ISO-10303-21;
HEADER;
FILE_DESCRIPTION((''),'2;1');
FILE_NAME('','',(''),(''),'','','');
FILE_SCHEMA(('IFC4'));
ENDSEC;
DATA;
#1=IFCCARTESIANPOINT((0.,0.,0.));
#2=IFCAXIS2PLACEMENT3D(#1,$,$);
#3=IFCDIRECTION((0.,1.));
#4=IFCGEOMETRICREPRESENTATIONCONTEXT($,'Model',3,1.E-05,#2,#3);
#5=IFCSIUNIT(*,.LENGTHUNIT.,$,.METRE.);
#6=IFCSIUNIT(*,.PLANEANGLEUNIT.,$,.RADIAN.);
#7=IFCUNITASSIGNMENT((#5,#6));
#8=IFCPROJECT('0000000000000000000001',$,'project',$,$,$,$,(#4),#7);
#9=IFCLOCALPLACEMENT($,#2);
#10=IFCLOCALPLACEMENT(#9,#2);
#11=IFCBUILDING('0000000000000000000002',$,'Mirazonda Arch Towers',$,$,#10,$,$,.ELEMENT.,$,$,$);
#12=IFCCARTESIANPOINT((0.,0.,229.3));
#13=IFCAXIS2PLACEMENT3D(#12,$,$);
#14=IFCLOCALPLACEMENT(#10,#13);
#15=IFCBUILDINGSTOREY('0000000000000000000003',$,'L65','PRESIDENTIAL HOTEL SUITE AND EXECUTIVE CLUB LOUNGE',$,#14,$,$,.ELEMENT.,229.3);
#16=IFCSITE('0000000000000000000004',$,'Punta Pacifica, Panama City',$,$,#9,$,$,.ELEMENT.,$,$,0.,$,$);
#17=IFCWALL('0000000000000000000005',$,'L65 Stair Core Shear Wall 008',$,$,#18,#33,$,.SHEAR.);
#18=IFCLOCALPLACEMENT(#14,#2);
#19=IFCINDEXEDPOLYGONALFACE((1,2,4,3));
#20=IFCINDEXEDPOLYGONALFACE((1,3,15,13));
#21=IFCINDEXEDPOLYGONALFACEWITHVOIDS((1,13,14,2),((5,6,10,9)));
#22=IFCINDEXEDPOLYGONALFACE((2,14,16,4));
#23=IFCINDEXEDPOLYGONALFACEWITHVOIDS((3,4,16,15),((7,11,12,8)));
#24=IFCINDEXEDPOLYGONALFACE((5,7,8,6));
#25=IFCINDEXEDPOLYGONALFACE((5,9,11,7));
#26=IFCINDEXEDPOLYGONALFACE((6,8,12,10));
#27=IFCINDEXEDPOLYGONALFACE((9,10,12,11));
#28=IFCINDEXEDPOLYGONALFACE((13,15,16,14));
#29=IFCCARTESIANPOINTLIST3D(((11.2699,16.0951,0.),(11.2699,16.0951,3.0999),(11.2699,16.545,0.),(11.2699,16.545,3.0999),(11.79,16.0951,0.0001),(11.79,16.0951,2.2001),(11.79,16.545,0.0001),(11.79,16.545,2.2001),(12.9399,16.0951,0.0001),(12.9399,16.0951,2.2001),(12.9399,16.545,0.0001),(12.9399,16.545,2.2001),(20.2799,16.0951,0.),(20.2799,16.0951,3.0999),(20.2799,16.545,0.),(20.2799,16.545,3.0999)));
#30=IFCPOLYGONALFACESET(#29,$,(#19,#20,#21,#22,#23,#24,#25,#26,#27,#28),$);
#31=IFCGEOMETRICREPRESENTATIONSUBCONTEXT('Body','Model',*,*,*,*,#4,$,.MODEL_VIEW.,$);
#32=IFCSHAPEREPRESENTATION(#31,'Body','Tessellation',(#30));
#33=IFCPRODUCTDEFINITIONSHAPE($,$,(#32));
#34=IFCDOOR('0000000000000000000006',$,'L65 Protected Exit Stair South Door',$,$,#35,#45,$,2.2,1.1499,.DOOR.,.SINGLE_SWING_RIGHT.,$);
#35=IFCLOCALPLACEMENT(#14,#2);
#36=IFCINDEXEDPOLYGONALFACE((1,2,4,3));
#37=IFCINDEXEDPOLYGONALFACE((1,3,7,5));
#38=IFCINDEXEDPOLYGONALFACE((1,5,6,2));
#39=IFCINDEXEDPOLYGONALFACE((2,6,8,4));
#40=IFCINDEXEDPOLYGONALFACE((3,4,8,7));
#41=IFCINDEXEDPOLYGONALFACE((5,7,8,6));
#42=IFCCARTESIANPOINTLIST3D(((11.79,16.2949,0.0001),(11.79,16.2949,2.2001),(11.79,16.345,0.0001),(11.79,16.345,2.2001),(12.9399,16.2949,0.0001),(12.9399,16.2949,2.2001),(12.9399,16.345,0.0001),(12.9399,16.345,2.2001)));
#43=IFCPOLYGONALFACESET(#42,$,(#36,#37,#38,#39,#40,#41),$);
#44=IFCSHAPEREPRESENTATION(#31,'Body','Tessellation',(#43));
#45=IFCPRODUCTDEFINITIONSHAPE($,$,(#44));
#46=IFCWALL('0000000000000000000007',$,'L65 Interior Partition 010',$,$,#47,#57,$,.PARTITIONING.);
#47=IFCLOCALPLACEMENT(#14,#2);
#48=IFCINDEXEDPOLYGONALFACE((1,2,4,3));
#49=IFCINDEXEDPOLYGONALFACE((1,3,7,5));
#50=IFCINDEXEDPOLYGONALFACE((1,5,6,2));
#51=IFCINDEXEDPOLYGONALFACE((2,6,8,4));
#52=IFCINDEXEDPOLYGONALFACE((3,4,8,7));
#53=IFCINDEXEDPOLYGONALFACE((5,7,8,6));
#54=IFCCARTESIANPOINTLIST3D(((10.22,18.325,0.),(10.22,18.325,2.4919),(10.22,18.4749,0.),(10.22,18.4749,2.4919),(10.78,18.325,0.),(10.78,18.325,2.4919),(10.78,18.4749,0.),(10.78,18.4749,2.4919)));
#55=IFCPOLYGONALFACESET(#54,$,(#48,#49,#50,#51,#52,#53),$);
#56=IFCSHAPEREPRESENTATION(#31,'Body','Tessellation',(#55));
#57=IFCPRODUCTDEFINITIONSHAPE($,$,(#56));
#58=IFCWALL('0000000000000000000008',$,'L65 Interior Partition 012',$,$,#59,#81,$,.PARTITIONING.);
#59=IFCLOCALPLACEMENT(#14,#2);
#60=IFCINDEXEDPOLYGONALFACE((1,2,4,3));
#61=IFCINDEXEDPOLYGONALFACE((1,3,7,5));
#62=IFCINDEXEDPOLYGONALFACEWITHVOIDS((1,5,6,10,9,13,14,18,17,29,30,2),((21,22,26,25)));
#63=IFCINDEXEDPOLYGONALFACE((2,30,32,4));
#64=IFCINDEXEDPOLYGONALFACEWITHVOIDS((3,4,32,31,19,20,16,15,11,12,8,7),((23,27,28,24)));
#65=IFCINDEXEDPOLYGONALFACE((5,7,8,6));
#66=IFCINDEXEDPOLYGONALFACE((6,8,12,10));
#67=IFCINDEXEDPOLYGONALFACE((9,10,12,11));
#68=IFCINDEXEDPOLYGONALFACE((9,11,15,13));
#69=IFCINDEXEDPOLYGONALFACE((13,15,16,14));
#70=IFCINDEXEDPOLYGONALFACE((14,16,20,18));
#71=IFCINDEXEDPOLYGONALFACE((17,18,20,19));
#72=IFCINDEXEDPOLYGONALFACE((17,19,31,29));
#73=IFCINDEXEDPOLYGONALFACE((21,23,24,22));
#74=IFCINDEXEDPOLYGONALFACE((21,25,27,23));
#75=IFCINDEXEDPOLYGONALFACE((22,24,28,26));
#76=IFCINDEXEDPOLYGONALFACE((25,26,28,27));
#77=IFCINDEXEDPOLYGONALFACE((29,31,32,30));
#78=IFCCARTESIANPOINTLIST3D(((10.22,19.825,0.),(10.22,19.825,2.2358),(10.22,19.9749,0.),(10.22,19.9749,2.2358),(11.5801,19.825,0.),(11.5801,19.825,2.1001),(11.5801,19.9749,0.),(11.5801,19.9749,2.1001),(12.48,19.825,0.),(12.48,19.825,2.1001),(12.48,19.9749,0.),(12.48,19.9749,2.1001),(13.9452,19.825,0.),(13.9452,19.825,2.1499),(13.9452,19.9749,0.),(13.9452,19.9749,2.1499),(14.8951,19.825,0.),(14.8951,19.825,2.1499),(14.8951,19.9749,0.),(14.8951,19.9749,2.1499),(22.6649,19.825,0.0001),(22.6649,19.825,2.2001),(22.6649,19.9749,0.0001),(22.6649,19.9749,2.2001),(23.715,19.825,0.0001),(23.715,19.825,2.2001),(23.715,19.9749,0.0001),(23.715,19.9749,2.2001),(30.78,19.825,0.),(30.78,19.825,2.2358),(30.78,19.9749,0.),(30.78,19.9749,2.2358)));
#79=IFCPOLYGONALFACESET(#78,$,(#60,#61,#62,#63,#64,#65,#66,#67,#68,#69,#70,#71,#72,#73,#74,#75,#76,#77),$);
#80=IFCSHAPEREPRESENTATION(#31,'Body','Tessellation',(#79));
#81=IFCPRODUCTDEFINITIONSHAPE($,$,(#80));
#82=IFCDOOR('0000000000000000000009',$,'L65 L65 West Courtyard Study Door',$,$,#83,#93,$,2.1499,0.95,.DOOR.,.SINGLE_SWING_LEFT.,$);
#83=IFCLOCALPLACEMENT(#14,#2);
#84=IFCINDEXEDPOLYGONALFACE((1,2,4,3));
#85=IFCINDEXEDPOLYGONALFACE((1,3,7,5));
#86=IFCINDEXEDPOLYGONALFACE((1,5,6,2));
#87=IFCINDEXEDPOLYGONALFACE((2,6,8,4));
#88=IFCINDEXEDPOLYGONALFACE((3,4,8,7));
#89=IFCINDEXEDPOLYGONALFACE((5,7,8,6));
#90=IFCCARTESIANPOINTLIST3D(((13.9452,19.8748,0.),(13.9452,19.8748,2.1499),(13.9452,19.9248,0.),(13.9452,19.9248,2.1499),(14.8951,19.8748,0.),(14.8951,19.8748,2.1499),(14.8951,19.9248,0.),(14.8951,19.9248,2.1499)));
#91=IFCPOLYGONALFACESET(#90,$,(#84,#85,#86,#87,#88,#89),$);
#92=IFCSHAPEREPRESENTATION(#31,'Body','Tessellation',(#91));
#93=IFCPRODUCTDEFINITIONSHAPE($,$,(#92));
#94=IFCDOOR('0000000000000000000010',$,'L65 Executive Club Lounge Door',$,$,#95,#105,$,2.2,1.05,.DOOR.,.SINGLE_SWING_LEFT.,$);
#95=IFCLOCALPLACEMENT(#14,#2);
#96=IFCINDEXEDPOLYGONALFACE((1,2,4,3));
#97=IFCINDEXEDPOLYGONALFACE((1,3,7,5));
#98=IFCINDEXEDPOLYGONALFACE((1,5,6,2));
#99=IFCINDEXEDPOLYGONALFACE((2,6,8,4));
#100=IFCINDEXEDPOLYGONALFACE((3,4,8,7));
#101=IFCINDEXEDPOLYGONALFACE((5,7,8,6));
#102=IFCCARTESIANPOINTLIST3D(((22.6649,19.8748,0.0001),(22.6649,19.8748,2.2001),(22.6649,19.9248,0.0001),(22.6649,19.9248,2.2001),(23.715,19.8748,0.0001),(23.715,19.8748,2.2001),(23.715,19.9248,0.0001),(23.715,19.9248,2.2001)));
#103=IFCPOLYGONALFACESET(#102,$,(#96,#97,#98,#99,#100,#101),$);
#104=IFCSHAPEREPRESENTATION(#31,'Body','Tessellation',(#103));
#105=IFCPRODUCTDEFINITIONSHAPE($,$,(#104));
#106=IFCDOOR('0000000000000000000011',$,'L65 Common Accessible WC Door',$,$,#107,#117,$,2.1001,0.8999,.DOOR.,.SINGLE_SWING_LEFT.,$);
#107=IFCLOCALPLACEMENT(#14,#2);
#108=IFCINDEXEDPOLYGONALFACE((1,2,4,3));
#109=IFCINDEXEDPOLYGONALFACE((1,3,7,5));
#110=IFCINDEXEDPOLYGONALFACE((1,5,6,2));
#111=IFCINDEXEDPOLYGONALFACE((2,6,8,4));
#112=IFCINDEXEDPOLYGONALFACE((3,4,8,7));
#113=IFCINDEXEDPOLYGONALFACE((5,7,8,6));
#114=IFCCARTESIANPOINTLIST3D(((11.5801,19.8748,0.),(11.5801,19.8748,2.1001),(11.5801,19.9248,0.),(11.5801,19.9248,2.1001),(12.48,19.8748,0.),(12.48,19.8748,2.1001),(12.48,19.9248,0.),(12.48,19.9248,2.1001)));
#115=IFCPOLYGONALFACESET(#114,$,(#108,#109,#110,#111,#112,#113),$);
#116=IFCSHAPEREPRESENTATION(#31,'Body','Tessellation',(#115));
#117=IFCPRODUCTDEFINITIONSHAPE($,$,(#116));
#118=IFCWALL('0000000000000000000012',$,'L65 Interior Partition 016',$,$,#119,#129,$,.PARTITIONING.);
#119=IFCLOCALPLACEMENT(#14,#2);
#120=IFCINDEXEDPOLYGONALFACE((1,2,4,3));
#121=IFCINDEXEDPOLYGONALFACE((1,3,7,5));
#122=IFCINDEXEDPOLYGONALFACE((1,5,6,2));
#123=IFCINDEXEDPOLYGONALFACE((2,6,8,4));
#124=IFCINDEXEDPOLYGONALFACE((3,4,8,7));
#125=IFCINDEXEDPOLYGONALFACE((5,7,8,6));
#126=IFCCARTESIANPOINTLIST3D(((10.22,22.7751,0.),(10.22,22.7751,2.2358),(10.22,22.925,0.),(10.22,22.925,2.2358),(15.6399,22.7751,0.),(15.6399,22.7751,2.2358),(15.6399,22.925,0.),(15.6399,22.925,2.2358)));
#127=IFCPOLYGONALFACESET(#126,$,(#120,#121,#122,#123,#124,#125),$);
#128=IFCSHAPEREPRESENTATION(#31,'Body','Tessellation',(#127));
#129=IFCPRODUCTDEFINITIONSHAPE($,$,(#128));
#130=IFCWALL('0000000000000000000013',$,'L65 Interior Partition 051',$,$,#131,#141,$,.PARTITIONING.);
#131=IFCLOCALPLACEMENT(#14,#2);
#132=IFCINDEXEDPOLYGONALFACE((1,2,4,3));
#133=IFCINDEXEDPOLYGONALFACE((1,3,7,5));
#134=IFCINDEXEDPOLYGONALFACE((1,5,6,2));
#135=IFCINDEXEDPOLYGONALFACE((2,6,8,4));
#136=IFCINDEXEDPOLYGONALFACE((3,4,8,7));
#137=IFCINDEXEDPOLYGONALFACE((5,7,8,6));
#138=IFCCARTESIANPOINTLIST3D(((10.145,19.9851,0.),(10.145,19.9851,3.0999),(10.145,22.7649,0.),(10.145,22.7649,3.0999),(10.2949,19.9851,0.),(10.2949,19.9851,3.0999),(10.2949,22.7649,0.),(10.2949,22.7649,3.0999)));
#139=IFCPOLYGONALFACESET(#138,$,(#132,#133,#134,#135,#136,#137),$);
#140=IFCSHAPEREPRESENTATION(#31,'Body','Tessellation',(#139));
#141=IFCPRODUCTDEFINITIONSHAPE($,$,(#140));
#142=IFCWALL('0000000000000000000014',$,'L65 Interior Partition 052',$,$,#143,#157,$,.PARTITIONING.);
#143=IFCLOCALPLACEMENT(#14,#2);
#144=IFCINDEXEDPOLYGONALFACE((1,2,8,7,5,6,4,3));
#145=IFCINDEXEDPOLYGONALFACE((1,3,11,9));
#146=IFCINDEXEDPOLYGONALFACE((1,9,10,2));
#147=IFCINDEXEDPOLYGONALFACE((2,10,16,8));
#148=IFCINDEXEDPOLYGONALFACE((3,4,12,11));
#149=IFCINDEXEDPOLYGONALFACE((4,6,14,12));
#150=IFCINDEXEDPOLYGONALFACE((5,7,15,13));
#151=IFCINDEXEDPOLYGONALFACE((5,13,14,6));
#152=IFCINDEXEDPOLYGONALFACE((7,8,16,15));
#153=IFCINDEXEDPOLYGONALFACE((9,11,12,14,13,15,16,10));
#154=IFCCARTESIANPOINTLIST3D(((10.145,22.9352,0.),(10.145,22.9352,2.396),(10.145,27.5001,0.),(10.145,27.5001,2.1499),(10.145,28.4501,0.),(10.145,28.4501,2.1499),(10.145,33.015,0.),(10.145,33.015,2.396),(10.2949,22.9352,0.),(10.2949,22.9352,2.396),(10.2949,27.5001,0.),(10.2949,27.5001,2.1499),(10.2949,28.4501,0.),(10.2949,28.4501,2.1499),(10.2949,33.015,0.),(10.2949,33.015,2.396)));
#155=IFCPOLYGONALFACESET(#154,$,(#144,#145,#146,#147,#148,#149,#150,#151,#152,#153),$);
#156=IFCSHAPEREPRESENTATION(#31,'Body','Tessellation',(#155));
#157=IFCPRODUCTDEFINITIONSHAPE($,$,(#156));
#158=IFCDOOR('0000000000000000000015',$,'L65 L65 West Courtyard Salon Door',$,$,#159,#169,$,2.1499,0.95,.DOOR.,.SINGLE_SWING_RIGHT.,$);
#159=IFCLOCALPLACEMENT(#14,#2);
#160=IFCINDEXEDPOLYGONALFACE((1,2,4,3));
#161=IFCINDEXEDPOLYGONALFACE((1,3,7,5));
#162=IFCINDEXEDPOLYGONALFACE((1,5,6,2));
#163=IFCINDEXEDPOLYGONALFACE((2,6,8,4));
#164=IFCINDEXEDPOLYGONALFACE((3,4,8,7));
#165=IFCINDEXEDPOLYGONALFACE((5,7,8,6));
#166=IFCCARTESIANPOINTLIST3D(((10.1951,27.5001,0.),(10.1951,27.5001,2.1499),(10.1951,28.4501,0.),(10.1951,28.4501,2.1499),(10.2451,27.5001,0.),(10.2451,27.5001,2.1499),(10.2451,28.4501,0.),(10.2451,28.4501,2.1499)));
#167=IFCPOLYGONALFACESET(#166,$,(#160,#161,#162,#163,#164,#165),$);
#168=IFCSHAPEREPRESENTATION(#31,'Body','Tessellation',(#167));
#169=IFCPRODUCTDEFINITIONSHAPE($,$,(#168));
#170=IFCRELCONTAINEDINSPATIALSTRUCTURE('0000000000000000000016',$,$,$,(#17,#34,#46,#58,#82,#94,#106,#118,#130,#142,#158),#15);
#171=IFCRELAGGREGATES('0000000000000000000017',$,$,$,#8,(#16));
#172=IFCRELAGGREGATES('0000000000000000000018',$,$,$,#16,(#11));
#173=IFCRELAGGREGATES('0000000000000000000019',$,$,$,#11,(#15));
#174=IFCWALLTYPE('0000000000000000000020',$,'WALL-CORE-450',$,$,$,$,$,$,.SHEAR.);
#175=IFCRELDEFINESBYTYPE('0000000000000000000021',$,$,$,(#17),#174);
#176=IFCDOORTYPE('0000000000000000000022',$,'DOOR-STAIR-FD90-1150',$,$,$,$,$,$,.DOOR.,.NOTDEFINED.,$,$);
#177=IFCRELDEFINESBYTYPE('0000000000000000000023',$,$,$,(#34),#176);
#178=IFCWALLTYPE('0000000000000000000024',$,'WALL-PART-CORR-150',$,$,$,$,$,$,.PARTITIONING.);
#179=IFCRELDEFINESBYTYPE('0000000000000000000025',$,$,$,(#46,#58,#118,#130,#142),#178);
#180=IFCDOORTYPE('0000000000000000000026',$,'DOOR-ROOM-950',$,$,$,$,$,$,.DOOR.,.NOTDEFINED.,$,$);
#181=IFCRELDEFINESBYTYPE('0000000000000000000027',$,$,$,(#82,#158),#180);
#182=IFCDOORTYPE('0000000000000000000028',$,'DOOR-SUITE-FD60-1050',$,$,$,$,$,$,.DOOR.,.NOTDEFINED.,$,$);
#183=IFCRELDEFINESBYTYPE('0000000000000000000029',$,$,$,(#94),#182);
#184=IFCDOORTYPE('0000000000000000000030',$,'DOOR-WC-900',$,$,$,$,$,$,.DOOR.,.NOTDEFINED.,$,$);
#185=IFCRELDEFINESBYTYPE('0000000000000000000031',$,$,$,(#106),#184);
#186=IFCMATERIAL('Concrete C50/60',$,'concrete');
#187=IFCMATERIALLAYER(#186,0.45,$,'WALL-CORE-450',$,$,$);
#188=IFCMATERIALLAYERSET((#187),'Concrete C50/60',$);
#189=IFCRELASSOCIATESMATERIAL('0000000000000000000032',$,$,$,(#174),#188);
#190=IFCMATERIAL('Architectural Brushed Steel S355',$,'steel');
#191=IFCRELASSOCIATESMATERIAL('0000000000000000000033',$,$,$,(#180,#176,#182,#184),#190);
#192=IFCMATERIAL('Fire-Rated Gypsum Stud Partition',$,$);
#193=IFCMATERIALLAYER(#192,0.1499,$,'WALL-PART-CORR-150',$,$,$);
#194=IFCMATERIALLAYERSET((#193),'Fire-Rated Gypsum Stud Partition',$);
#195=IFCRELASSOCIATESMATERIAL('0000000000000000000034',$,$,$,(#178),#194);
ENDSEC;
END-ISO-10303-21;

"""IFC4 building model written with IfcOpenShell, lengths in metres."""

from ifc_helpers import new_model, si_unit, direction, frame, frame_2d, origin, place, context, subcontext, project, spatial, rectangle, extrude, material, layer, layer_set, type_object, element, fill, save


model = new_model("IFC4")

# Units and contexts
model_context = context("Model", 3, precision=1e-05, world=origin(), true_north=direction((0.0, 1.0)))
body_context = subcontext(model_context, "Body", "Model", "MODEL_VIEW")
ifc_project = project(units=[si_unit("LENGTHUNIT", "METRE"), si_unit("PLANEANGLEUNIT", "RADIAN")], contexts=[model_context])

# Site, building, storey
site_placement = place(None, origin())
site = spatial("IfcSite", under=ifc_project, at=site_placement, Name="Punta Pacifica, Panama City", CompositionType="ELEMENT", RefElevation=0.0)
building_placement = place(site_placement, origin())
building = spatial("IfcBuilding", under=site, at=building_placement, Name="Mirazonda Arch Towers", CompositionType="ELEMENT")
storey_placement = place(building_placement, frame((0.0, 0.0, 229.3)))
storey = spatial("IfcBuildingStorey", under=building, at=storey_placement, Name="L65", Description="PRESIDENTIAL HOTEL SUITE AND EXECUTIVE CLUB LOUNGE", CompositionType="ELEMENT", Elevation=229.3)

# Shared definitions
ifc_material_1 = material(Name="Concrete C50/60", Category="concrete")

# Shared definitions
ifc_layer_1 = layer(ifc_material_1, 0.45, Name="WALL-CORE-450")
ifc_layer_set_1 = layer_set([ifc_layer_1], Name="Concrete C50/60")
wall_type_1 = type_object("IfcWallType", Name="WALL-CORE-450", PredefinedType="SHEAR", material=ifc_layer_set_1)
ifc_material_2 = material(Name="Architectural Brushed Steel S355", Category="steel")
door_type_1 = type_object("IfcDoorType", Name="DOOR-ROOM-950", OperationType="NOTDEFINED", PredefinedType="DOOR", material=ifc_material_2)

# Wall, opening, door
wall_1_placement = place(storey_placement, frame((11.27, 16.3201, 0.0), z_axis=(0.0, 0.0, 1.0), x_axis=(1.0, 0.0, 0.0)))
wall_1 = element("IfcWall", 1, at=wall_1_placement, inside=storey, type_object=wall_type_1, Name="L65 Stair Core Shear Wall 008", PredefinedType="SHEAR", context=body_context, shape_type="SweptSolid", body=[
    extrude(rectangle(XDim=9.01, YDim=0.45, at=frame_2d((4.5049, 0.0))), origin(), (0.0, 0.0, 1.0), 3.0999),
])
opening_1_placement = place(wall_1_placement, frame((0.52, 0.0, 0.0)))
opening_1 = element("IfcOpeningElement", 2, at=opening_1_placement, cuts=wall_1, PredefinedType="OPENING", context=body_context, shape_type="SweptSolid", body=[
    extrude(rectangle(XDim=1.1499, YDim=2.2, at=frame_2d((0.575, 1.1001))), frame((0.0, 0.2349, 0.0), z_axis=(0.0, -1.0, 0.0), x_axis=(1.0, 0.0, 0.0)), (0.0, 0.0, 1.0), 0.47),
])
door_type_2 = type_object("IfcDoorType", Name="DOOR-STAIR-FD90-1150", OperationType="NOTDEFINED", PredefinedType="DOOR", material=ifc_material_2)
door_1_placement = place(opening_1_placement, origin())
door_1 = element("IfcDoor", 3, at=door_1_placement, inside=storey, type_object=door_type_2, Name="L65 Protected Exit Stair South Door", OperationType="SINGLE_SWING_RIGHT", OverallHeight=2.2, OverallWidth=1.1499, PredefinedType="DOOR", context=body_context, shape_type="SweptSolid", body=[
    extrude(rectangle(XDim=1.1499, YDim=2.2, at=frame_2d((0.575, 1.1001))), frame((0.0, 0.0249, 0.0), z_axis=(0.0, -1.0, 0.0), x_axis=(1.0, 0.0, 0.0)), (0.0, 0.0, 1.0), 0.05),
])
fill(opening_1, door_1)

# Wall
ifc_material_3 = material(Name="Fire-Rated Gypsum Stud Partition")
ifc_layer_2 = layer(ifc_material_3, 0.1499, Name="WALL-PART-CORR-150")
ifc_layer_set_2 = layer_set([ifc_layer_2], Name="Fire-Rated Gypsum Stud Partition")
wall_type_2 = type_object("IfcWallType", Name="WALL-PART-CORR-150", PredefinedType="PARTITIONING", material=ifc_layer_set_2)
wall_2_placement = place(storey_placement, frame((10.22, 18.3999, 0.0), z_axis=(0.0, 0.0, 1.0), x_axis=(1.0, 0.0, 0.0)))
element("IfcWall", 4, at=wall_2_placement, inside=storey, type_object=wall_type_2, Name="L65 Interior Partition 010", PredefinedType="PARTITIONING", context=body_context, shape_type="SweptSolid", body=[
    extrude(rectangle(XDim=0.5601, YDim=0.1499, at=frame_2d((0.28, 0.0))), origin(), (0.0, 0.0, 1.0), 2.4919),
])

# Wall, openings, doors
wall_3_placement = place(storey_placement, frame((10.22, 19.8999, 0.0), z_axis=(0.0, 0.0, 1.0), x_axis=(1.0, 0.0, 0.0)))
wall_3 = element("IfcWall", 5, at=wall_3_placement, inside=storey, type_object=wall_type_2, Name="L65 Interior Partition 012", PredefinedType="PARTITIONING", context=body_context, shape_type="SweptSolid", body=[
    extrude(rectangle(XDim=20.5601, YDim=0.1499, at=frame_2d((10.28, 0.0))), origin(), (0.0, 0.0, 1.0), 2.2358),
])
opening_2_placement = place(wall_3_placement, frame((1.3601, 0.0, 0.0)))
opening_2 = element("IfcOpeningElement", 6, at=opening_2_placement, cuts=wall_3, PredefinedType="OPENING", context=body_context, shape_type="SweptSolid", body=[
    extrude(rectangle(XDim=0.8999, YDim=2.1001, at=frame_2d((0.45, 1.05))), frame((0.0, 0.085, 0.0), z_axis=(0.0, -1.0, 0.0), x_axis=(1.0, 0.0, 0.0)), (0.0, 0.0, 1.0), 0.1699),
])
opening_3_placement = place(wall_3_placement, frame((3.7251, 0.0, 0.0)))
opening_3 = element("IfcOpeningElement", 7, at=opening_3_placement, cuts=wall_3, PredefinedType="OPENING", context=body_context, shape_type="SweptSolid", body=[
    extrude(rectangle(XDim=0.95, YDim=2.1499, at=frame_2d((0.4751, 1.075))), frame((0.0, 0.085, 0.0), z_axis=(0.0, -1.0, 0.0), x_axis=(1.0, 0.0, 0.0)), (0.0, 0.0, 1.0), 0.1699),
])
opening_4_placement = place(wall_3_placement, frame((12.4451, 0.0, 0.0)))
opening_4 = element("IfcOpeningElement", 8, at=opening_4_placement, cuts=wall_3, PredefinedType="OPENING", context=body_context, shape_type="SweptSolid", body=[
    extrude(rectangle(XDim=1.05, YDim=2.2, at=frame_2d((0.5249, 1.1001))), frame((0.0, 0.085, 0.0), z_axis=(0.0, -1.0, 0.0), x_axis=(1.0, 0.0, 0.0)), (0.0, 0.0, 1.0), 0.1699),
])
door_2_placement = place(opening_3_placement, origin())
door_2 = element("IfcDoor", 9, at=door_2_placement, inside=storey, type_object=door_type_1, Name="L65 L65 West Courtyard Study Door", OperationType="SINGLE_SWING_LEFT", OverallHeight=2.1499, OverallWidth=0.95, PredefinedType="DOOR", context=body_context, shape_type="SweptSolid", body=[
    extrude(rectangle(XDim=0.95, YDim=2.1499, at=frame_2d((0.4751, 1.075))), frame((0.0, 0.0249, 0.0), z_axis=(0.0, -1.0, 0.0), x_axis=(1.0, 0.0, 0.0)), (0.0, 0.0, 1.0), 0.05),
])
fill(opening_3, door_2)
door_type_3 = type_object("IfcDoorType", Name="DOOR-SUITE-FD60-1050", OperationType="NOTDEFINED", PredefinedType="DOOR", material=ifc_material_2)
door_3_placement = place(opening_4_placement, origin())
door_3 = element("IfcDoor", 10, at=door_3_placement, inside=storey, type_object=door_type_3, Name="L65 Executive Club Lounge Door", OperationType="SINGLE_SWING_LEFT", OverallHeight=2.2, OverallWidth=1.05, PredefinedType="DOOR", context=body_context, shape_type="SweptSolid", body=[
    extrude(rectangle(XDim=1.05, YDim=2.2, at=frame_2d((0.5249, 1.1001))), frame((0.0, 0.0249, 0.0), z_axis=(0.0, -1.0, 0.0), x_axis=(1.0, 0.0, 0.0)), (0.0, 0.0, 1.0), 0.05),
])
fill(opening_4, door_3)
door_type_4 = type_object("IfcDoorType", Name="DOOR-WC-900", OperationType="NOTDEFINED", PredefinedType="DOOR", material=ifc_material_2)
door_4_placement = place(opening_2_placement, origin())
door_4 = element("IfcDoor", 11, at=door_4_placement, inside=storey, type_object=door_type_4, Name="L65 Common Accessible WC Door", OperationType="SINGLE_SWING_LEFT", OverallHeight=2.1001, OverallWidth=0.8999, PredefinedType="DOOR", context=body_context, shape_type="SweptSolid", body=[
    extrude(rectangle(XDim=0.8999, YDim=2.1001, at=frame_2d((0.45, 1.05))), frame((0.0, 0.0249, 0.0), z_axis=(0.0, -1.0, 0.0), x_axis=(1.0, 0.0, 0.0)), (0.0, 0.0, 1.0), 0.05),
])
fill(opening_2, door_4)

# Walls
wall_4_placement = place(storey_placement, frame((10.22, 22.8501, 0.0), z_axis=(0.0, 0.0, 1.0), x_axis=(1.0, 0.0, 0.0)))
element("IfcWall", 12, at=wall_4_placement, inside=storey, type_object=wall_type_2, Name="L65 Interior Partition 016", PredefinedType="PARTITIONING", context=body_context, shape_type="SweptSolid", body=[
    extrude(rectangle(XDim=5.4199, YDim=0.1499, at=frame_2d((2.71, 0.0))), origin(), (0.0, 0.0, 1.0), 2.2358),
])
wall_5_placement = place(storey_placement, frame((10.22, 19.9851, 0.0), z_axis=(0.0, 0.0, 1.0), x_axis=(0.0, 1.0, 0.0)))
element("IfcWall", 13, at=wall_5_placement, inside=storey, type_object=wall_type_2, Name="L65 Interior Partition 051", PredefinedType="PARTITIONING", context=body_context, shape_type="SweptSolid", body=[
    extrude(rectangle(XDim=2.7798, YDim=0.1499, at=frame_2d((1.3899, 0.0))), origin(), (0.0, 0.0, 1.0), 3.0999),
])

# Wall, opening, door
wall_6_placement = place(storey_placement, frame((10.22, 22.9351, 0.0), z_axis=(0.0, 0.0, 1.0), x_axis=(0.0, 1.0, 0.0)))
wall_6 = element("IfcWall", 14, at=wall_6_placement, inside=storey, type_object=wall_type_2, Name="L65 Interior Partition 052", PredefinedType="PARTITIONING", context=body_context, shape_type="SweptSolid", body=[
    extrude(rectangle(XDim=10.0798, YDim=0.1499, at=frame_2d((5.04, 0.0))), origin(), (0.0, 0.0, 1.0), 2.396),
])
opening_5_placement = place(wall_6_placement, frame((4.5649, 0.0, 0.0)))
opening_5 = element("IfcOpeningElement", 15, at=opening_5_placement, cuts=wall_6, PredefinedType="OPENING", context=body_context, shape_type="SweptSolid", body=[
    extrude(rectangle(XDim=0.95, YDim=2.1499, at=frame_2d((0.4751, 1.075))), frame((0.0, 0.085, 0.0), z_axis=(0.0, -1.0, 0.0), x_axis=(1.0, 0.0, 0.0)), (0.0, 0.0, 1.0), 0.1699),
])
door_5_placement = place(opening_5_placement, origin())
door_5 = element("IfcDoor", 16, at=door_5_placement, inside=storey, type_object=door_type_1, Name="L65 L65 West Courtyard Salon Door", OperationType="SINGLE_SWING_RIGHT", OverallHeight=2.1499, OverallWidth=0.95, PredefinedType="DOOR", context=body_context, shape_type="SweptSolid", body=[
    extrude(rectangle(XDim=0.95, YDim=2.1499, at=frame_2d((0.4751, 1.075))), frame((0.0, 0.0249, 0.0), z_axis=(0.0, -1.0, 0.0), x_axis=(1.0, 0.0, 0.0)), (0.0, 0.0, 1.0), 0.05),
])
fill(opening_5, door_5)

save(model, "model.ifc")
